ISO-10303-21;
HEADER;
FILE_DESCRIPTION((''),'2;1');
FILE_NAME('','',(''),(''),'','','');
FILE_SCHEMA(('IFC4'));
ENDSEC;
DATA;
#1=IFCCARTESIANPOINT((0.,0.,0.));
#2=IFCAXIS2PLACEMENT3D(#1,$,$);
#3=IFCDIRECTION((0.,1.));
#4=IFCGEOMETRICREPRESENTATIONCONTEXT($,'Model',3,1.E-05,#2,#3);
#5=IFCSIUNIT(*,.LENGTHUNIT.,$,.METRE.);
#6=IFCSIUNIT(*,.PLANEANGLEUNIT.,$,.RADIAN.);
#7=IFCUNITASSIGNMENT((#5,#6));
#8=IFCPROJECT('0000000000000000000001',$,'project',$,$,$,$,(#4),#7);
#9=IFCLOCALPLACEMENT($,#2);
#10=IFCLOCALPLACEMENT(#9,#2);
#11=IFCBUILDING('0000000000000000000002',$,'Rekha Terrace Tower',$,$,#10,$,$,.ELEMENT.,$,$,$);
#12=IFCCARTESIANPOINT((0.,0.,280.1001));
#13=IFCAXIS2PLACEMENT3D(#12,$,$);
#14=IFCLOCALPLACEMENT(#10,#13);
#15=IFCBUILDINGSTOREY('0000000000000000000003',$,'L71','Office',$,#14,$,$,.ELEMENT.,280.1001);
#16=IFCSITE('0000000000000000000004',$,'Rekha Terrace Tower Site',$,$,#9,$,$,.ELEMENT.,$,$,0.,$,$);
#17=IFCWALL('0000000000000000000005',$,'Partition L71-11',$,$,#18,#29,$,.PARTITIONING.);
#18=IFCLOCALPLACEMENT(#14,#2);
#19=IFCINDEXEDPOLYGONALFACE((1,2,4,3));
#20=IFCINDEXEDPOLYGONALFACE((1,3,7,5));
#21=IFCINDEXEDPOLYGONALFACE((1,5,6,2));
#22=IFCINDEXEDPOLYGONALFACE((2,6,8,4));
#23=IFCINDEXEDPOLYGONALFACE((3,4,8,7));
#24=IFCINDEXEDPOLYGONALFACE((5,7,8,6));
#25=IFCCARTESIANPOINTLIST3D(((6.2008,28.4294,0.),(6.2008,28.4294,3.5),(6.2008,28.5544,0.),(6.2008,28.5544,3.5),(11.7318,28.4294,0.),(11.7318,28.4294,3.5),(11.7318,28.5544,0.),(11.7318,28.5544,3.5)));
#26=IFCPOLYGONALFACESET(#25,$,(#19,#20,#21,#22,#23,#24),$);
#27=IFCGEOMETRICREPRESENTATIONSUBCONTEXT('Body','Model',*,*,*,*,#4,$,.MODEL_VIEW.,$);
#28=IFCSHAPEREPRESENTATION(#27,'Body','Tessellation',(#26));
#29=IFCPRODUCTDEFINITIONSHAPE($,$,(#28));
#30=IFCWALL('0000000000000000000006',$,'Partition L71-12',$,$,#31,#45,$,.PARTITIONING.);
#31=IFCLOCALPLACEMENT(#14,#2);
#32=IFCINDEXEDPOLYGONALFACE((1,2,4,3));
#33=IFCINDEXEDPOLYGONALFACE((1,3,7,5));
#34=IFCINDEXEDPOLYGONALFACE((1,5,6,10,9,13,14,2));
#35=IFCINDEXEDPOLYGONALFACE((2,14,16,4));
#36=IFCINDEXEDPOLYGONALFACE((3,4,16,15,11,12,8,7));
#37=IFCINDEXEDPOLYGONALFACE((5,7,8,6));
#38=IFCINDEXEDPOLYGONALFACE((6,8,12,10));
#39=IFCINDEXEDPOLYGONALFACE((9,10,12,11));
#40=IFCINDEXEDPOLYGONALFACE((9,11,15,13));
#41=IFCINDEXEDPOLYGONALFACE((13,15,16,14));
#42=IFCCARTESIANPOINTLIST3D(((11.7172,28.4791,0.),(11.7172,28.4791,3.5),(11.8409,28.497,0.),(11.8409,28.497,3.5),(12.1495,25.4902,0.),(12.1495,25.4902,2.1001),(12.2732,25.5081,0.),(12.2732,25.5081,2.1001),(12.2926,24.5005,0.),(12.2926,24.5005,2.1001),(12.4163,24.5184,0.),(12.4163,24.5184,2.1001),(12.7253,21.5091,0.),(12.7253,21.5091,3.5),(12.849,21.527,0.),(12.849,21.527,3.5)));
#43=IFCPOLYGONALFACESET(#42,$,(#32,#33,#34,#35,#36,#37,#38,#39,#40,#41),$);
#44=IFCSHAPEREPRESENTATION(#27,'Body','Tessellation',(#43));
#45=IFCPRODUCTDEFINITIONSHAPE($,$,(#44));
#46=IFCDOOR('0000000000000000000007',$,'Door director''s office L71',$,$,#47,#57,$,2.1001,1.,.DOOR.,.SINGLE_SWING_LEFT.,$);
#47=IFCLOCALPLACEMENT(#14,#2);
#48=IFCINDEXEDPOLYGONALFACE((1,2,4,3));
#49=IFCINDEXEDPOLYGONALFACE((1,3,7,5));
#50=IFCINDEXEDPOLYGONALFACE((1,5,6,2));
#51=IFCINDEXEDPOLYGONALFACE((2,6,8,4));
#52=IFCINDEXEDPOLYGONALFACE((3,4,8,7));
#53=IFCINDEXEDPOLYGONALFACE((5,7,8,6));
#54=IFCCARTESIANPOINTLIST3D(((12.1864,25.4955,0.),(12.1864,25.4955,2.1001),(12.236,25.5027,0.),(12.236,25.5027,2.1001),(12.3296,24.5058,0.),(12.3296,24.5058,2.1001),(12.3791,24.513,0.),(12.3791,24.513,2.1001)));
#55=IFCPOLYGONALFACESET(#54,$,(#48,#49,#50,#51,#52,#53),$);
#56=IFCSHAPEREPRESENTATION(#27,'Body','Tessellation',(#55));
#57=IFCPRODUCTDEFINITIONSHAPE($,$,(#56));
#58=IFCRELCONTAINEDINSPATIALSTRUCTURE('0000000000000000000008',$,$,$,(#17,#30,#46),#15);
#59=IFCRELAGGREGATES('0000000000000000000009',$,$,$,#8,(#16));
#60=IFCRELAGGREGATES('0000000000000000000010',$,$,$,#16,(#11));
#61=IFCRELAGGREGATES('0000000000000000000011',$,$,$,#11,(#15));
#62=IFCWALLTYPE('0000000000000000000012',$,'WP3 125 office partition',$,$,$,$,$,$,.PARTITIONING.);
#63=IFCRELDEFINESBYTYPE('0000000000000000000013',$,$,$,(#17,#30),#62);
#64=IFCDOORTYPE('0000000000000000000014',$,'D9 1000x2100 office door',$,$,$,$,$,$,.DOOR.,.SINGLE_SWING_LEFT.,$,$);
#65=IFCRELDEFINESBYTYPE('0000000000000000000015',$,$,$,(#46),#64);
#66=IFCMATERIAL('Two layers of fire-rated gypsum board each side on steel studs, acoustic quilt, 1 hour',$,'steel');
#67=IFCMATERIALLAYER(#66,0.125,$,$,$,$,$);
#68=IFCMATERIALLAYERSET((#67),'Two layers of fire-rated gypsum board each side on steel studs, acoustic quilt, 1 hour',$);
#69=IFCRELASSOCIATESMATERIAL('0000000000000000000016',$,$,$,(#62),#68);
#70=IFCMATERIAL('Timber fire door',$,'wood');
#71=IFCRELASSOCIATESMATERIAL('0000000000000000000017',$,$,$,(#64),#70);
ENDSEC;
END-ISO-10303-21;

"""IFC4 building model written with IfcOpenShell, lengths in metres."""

from ifc_helpers import new_model, si_unit, direction, frame, frame_2d, origin, place, context, subcontext, project, spatial, rectangle, extrude, material, layer, layer_set, type_object, element, fill, save


model = new_model("IFC4")

# Units and contexts
model_context = context("Model", 3, precision=1e-05, world=origin(), true_north=direction((0.0, 1.0)))
body_context = subcontext(model_context, "Body", "Model", "MODEL_VIEW")
ifc_project = project(units=[si_unit("LENGTHUNIT", "METRE"), si_unit("PLANEANGLEUNIT", "RADIAN")], contexts=[model_context])

# Site, building, storey
site_placement = place(None, origin())
site = spatial("IfcSite", under=ifc_project, at=site_placement, Name="Rekha Terrace Tower Site", CompositionType="ELEMENT", RefElevation=0.0)
building_placement = place(site_placement, origin())
building = spatial("IfcBuilding", under=site, at=building_placement, Name="Rekha Terrace Tower", CompositionType="ELEMENT")
storey_placement = place(building_placement, frame((0.0, 0.0, 280.1001)))
storey = spatial("IfcBuildingStorey", under=building, at=storey_placement, Name="L71", Description="Office", CompositionType="ELEMENT", Elevation=280.1001)

# Shared definitions
ifc_material_1 = material(Name="Two layers of fire-rated gypsum board each side on steel studs, acoustic quilt, 1 hour", Category="steel")
ifc_layer_1 = layer(ifc_material_1, 0.125)
ifc_layer_set_1 = layer_set([ifc_layer_1], Name="Two layers of fire-rated gypsum board each side on steel studs, acoustic quilt, 1 hour")
wall_type = type_object("IfcWallType", Name="WP3 125 office partition", PredefinedType="PARTITIONING", material=ifc_layer_set_1)
ifc_material_2 = material(Name="Timber fire door", Category="wood")
door_type = type_object("IfcDoorType", Name="D9 1000x2100 office door", OperationType="SINGLE_SWING_LEFT", PredefinedType="DOOR", material=ifc_material_2)

# Wall
wall_1_placement = place(storey_placement, frame((11.7319, 28.4919, 0.0), z_axis=(0.0, 0.0, 1.0), x_axis=(-1.0, 0.0, 0.0)))
element("IfcWall", 1, at=wall_1_placement, inside=storey, type_object=wall_type, Name="Partition L71-11", PredefinedType="PARTITIONING", context=body_context, shape_type="SweptSolid", body=[
    extrude(rectangle(XDim=5.531, YDim=0.125, at=frame_2d((2.7656, 0.0))), origin(), (0.0, 0.0, 1.0), 3.5),
])

# Wall, opening, door
wall_2_placement = place(storey_placement, frame((11.7791, 28.488, 0.0), z_axis=(0.0, 0.0, 1.0), x_axis=(0.143139, -0.989703, 0.0)))
wall_2 = element("IfcWall", 2, at=wall_2_placement, inside=storey, type_object=wall_type, Name="Partition L71-12", PredefinedType="PARTITIONING", context=body_context, shape_type="SweptSolid", body=[
    extrude(rectangle(XDim=7.0425, YDim=0.125, at=frame_2d((3.5212, 0.0))), origin(), (0.0, 0.0, 1.0), 3.5),
])
opening_1_placement = place(wall_2_placement, frame((3.02, 0.0, 0.0)))
opening_1 = element("IfcOpeningElement", 3, at=opening_1_placement, cuts=wall_2, PredefinedType="OPENING", context=body_context, shape_type="SweptSolid", body=[
    extrude(rectangle(XDim=1.0, YDim=2.1001, at=frame_2d((0.5, 1.05))), frame((0.0, 0.0725, 0.0), z_axis=(0.0, -1.0, 0.0), x_axis=(1.0, 0.0, 0.0)), (0.0, 0.0, 1.0), 0.145),
])
door_1_placement = place(opening_1_placement, origin())
door_1 = element("IfcDoor", 4, at=door_1_placement, inside=storey, type_object=door_type, Name="Door director's office L71", OperationType="SINGLE_SWING_LEFT", OverallHeight=2.1001, OverallWidth=1.0, PredefinedType="DOOR", context=body_context, shape_type="SweptSolid", body=[
    extrude(rectangle(XDim=1.0, YDim=2.1001, at=frame_2d((0.5, 1.05))), frame((0.0, 0.0249, 0.0), z_axis=(0.0, -1.0, 0.0), x_axis=(1.0, 0.0, 0.0)), (0.0, 0.0, 1.0), 0.05),
])
fill(opening_1, door_1)

save(model, "model.ifc")
